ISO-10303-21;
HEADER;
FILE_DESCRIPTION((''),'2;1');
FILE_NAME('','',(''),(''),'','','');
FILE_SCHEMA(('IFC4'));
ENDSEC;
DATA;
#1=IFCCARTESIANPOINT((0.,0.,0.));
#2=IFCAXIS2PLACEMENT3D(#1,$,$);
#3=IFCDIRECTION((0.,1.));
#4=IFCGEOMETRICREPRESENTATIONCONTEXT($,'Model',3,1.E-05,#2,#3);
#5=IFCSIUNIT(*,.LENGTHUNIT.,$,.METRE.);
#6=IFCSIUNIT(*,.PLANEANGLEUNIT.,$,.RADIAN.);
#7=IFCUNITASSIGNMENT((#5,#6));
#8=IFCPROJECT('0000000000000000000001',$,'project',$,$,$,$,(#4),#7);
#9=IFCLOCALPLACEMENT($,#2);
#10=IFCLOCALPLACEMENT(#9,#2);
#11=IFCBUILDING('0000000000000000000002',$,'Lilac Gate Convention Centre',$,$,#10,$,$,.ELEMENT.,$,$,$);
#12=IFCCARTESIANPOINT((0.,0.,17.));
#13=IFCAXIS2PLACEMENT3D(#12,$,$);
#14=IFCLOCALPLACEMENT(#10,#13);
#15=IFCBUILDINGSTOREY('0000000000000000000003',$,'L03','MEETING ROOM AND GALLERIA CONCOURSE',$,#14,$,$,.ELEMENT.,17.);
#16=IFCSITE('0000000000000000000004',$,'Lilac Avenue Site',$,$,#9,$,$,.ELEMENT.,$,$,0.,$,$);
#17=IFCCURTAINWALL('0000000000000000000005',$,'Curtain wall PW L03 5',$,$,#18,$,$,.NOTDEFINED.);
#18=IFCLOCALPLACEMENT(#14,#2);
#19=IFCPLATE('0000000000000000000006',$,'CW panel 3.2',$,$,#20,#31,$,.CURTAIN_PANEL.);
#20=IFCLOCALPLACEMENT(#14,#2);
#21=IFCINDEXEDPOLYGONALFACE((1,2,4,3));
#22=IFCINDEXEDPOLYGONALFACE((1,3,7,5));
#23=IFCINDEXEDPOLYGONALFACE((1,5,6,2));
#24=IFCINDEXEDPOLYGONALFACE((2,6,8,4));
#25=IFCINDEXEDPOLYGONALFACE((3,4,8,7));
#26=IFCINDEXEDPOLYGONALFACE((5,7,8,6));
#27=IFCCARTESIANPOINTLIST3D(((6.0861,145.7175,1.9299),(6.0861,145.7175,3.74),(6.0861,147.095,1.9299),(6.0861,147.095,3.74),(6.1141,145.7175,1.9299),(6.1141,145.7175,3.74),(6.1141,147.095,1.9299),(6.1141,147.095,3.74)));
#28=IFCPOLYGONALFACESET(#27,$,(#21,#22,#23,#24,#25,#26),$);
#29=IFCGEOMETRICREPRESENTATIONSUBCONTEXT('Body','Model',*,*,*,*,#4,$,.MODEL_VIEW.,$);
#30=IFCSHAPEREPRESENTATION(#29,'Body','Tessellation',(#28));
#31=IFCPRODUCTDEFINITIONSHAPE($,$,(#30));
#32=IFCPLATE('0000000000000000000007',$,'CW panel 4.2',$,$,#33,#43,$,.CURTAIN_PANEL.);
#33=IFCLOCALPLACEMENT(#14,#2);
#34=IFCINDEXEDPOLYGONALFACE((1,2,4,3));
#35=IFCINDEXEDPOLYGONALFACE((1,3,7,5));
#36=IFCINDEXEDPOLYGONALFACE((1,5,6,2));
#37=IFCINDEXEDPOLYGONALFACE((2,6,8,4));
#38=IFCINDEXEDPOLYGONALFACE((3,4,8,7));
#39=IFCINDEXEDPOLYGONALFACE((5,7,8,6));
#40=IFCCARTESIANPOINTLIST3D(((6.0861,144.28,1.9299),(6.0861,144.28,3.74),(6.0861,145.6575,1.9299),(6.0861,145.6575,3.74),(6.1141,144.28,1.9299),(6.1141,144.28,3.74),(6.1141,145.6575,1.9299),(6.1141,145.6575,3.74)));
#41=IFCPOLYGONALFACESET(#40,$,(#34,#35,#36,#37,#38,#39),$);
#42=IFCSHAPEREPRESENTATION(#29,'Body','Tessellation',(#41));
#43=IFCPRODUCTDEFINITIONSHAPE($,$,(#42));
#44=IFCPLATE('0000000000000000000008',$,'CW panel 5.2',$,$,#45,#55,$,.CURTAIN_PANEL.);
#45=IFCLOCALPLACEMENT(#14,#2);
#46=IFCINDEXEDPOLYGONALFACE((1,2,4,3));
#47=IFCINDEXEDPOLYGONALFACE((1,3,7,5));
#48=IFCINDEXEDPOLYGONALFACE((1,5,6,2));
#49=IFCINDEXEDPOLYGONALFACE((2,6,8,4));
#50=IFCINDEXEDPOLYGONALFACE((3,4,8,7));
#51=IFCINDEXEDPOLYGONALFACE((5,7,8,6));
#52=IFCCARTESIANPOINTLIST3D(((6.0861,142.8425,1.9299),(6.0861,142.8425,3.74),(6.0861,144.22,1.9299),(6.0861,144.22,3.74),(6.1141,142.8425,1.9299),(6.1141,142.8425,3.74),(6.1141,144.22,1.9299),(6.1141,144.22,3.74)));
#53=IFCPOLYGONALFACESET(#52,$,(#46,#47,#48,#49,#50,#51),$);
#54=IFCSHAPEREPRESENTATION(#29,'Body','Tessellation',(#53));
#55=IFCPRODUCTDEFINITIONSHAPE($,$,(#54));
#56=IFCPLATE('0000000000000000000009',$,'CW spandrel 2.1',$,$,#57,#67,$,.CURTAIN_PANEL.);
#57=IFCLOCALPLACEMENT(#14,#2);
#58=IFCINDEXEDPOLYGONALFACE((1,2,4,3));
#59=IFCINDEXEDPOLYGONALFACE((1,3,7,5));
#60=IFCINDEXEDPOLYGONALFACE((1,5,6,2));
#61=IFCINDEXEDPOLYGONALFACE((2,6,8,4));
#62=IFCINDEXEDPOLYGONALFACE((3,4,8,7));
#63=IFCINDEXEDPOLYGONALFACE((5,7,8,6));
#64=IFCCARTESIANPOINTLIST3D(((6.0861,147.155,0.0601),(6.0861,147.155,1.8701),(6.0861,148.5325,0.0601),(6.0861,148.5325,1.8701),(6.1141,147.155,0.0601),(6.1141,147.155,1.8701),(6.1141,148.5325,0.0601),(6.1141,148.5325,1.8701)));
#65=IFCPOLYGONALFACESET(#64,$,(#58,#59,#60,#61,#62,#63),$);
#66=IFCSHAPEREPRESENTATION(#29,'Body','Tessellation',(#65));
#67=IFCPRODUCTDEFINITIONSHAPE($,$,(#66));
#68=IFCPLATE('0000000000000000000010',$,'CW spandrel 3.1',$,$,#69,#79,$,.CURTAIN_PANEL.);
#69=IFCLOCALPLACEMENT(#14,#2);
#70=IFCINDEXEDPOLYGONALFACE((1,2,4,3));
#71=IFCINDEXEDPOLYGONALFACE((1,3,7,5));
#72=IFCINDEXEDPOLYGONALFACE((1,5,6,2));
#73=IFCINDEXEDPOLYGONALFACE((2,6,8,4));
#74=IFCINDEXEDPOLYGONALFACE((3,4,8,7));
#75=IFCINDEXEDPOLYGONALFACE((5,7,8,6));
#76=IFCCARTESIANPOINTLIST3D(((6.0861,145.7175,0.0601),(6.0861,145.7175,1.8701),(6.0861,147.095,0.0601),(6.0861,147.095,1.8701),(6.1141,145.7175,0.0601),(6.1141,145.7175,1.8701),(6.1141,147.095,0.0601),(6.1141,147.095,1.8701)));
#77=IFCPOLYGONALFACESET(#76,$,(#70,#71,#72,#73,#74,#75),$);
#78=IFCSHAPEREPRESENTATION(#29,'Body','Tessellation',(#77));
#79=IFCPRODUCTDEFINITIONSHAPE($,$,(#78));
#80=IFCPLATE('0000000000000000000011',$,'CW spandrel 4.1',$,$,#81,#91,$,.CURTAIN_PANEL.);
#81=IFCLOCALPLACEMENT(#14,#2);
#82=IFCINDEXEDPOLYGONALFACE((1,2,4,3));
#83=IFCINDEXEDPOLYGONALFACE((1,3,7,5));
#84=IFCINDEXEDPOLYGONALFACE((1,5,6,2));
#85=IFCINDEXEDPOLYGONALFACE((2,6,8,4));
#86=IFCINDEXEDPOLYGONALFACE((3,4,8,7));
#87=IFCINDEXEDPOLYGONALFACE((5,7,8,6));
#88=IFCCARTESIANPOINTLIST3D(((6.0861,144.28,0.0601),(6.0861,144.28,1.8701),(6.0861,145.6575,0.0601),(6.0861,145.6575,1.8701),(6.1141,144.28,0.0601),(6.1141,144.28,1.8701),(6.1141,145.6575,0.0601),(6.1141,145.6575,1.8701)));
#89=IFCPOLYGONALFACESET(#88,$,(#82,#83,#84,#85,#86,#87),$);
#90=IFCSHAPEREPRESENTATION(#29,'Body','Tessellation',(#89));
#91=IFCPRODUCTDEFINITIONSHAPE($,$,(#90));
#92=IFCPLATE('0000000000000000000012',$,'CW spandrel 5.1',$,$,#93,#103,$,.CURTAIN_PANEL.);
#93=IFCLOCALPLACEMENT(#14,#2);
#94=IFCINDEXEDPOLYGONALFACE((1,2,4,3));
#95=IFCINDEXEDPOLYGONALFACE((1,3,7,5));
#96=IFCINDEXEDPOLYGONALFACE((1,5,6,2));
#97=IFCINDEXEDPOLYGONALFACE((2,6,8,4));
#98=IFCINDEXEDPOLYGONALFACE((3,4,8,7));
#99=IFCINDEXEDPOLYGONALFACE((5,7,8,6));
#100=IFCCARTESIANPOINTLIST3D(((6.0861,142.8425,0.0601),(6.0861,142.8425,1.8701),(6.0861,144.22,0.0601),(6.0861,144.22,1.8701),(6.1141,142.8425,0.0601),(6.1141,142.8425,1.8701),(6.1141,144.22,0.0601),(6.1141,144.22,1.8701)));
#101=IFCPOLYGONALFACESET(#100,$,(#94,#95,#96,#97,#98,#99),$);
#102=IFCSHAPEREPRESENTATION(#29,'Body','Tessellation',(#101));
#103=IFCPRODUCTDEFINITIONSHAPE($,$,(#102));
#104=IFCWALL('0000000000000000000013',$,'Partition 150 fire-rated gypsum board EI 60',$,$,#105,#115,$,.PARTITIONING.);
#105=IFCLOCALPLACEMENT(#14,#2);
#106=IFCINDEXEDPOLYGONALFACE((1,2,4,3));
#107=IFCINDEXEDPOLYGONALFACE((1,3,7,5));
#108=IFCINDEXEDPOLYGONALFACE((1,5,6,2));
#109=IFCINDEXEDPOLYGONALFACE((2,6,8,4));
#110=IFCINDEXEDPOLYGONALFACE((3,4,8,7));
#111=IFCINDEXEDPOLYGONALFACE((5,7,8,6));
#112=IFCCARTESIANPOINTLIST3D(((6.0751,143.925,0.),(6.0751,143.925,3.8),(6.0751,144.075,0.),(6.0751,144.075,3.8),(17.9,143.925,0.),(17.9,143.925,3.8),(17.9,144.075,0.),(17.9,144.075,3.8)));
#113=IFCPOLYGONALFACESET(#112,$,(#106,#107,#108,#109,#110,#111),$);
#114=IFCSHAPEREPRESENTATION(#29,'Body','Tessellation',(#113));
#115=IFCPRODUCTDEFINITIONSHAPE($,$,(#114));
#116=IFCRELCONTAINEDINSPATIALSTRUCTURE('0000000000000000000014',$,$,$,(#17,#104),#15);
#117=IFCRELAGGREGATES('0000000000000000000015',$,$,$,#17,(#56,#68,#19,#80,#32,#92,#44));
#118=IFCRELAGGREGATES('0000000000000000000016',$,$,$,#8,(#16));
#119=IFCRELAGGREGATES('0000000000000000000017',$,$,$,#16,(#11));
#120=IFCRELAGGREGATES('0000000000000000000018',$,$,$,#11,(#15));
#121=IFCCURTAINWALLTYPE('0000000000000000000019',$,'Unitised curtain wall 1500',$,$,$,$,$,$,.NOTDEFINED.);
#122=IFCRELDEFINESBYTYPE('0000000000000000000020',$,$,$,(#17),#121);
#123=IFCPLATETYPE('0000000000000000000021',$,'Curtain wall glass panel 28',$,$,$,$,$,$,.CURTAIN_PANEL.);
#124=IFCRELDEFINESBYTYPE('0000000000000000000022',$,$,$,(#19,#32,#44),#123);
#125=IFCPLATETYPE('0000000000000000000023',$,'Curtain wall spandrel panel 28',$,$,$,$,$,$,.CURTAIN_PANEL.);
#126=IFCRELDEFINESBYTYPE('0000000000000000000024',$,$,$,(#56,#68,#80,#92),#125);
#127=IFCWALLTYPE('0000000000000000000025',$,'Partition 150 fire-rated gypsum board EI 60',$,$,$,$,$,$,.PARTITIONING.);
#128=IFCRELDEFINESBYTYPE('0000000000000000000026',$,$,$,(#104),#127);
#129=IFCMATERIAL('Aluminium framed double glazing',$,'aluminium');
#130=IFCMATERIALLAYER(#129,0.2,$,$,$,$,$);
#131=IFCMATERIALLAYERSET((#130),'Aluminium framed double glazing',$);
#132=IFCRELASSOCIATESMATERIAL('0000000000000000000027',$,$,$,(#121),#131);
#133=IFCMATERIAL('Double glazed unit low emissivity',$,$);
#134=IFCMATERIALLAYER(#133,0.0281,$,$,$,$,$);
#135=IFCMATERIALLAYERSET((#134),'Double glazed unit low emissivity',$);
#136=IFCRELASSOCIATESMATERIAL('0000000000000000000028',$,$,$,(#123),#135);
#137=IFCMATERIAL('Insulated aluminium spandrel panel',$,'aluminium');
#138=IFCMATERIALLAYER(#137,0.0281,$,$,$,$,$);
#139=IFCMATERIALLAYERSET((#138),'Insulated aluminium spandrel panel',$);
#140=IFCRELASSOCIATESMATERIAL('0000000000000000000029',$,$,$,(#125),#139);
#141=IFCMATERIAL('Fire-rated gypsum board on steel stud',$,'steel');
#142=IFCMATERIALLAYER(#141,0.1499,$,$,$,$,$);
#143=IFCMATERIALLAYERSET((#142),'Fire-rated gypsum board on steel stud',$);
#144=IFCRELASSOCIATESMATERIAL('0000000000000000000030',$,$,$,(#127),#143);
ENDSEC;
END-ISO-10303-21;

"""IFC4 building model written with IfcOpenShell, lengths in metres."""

from ifc_helpers import new_model, si_unit, direction, frame, frame_2d, origin, origin_2d, place, context, subcontext, project, spatial, rectangle, extrude, material, layer, layer_set, type_object, element, aggregate, save


model = new_model("IFC4")

# Units and contexts
model_context = context("Model", 3, precision=1e-05, world=origin(), true_north=direction((0.0, 1.0)))
body_context = subcontext(model_context, "Body", "Model", "MODEL_VIEW")
ifc_project = project(units=[si_unit("LENGTHUNIT", "METRE"), si_unit("PLANEANGLEUNIT", "RADIAN")], contexts=[model_context])

# Site, building, storey
site_placement = place(None, origin())
site = spatial("IfcSite", under=ifc_project, at=site_placement, Name="Lilac Avenue Site", CompositionType="ELEMENT", RefElevation=0.0)
building_placement = place(site_placement, origin())
building = spatial("IfcBuilding", under=site, at=building_placement, Name="Lilac Gate Convention Centre", CompositionType="ELEMENT")
storey_placement = place(building_placement, frame((0.0, 0.0, 17.0)))
storey = spatial("IfcBuildingStorey", under=building, at=storey_placement, Name="L03", Description="MEETING ROOM AND GALLERIA CONCOURSE", CompositionType="ELEMENT", Elevation=17.0)

# Curtain wall, plates
ifc_material_1 = material(Name="Aluminium framed double glazing", Category="aluminium")
ifc_layer_1 = layer(ifc_material_1, 0.2)
ifc_layer_set_1 = layer_set([ifc_layer_1], Name="Aluminium framed double glazing")
curtain_wall_type = type_object("IfcCurtainWallType", Name="Unitised curtain wall 1500", PredefinedType="NOTDEFINED", material=ifc_layer_set_1)
curtain_wall_placement = place(storey_placement, origin())
curtain_wall = element("IfcCurtainWall", 1, at=curtain_wall_placement, inside=storey, type_object=curtain_wall_type, Name="Curtain wall PW L03 5", PredefinedType="NOTDEFINED")
ifc_material_2 = material(Name="Double glazed unit low emissivity")
ifc_layer_2 = layer(ifc_material_2, 0.0281)
ifc_layer_set_2 = layer_set([ifc_layer_2], Name="Double glazed unit low emissivity")
plate_type_1 = type_object("IfcPlateType", Name="Curtain wall glass panel 28", PredefinedType="CURTAIN_PANEL", material=ifc_layer_set_2)
plate_1_placement = place(storey_placement, frame((6.1001, 146.4062, 1.9299), z_axis=(0.0, 0.0, 1.0), x_axis=(0.0, -1.0, 0.0)))
plate_1 = element("IfcPlate", 2, at=plate_1_placement, type_object=plate_type_1, Name="CW panel 3.2", PredefinedType="CURTAIN_PANEL", context=body_context, shape_type="SweptSolid", body=[
    extrude(rectangle(XDim=1.3774, YDim=0.0281, at=origin_2d()), origin(), (0.0, 0.0, 1.0), 1.8101),
])
plate_2_placement = place(storey_placement, frame((6.1001, 144.9688, 1.9299), z_axis=(0.0, 0.0, 1.0), x_axis=(0.0, -1.0, 0.0)))
plate_2 = element("IfcPlate", 3, at=plate_2_placement, type_object=plate_type_1, Name="CW panel 4.2", PredefinedType="CURTAIN_PANEL", context=body_context, shape_type="SweptSolid", body=[
    extrude(rectangle(XDim=1.3774, YDim=0.0281, at=origin_2d()), origin(), (0.0, 0.0, 1.0), 1.8101),
])
plate_3_placement = place(storey_placement, frame((6.1001, 143.5312, 1.9299), z_axis=(0.0, 0.0, 1.0), x_axis=(0.0, -1.0, 0.0)))
plate_3 = element("IfcPlate", 4, at=plate_3_placement, type_object=plate_type_1, Name="CW panel 5.2", PredefinedType="CURTAIN_PANEL", context=body_context, shape_type="SweptSolid", body=[
    extrude(rectangle(XDim=1.3774, YDim=0.0281, at=origin_2d()), origin(), (0.0, 0.0, 1.0), 1.8101),
])
ifc_material_3 = material(Name="Insulated aluminium spandrel panel", Category="aluminium")
ifc_layer_3 = layer(ifc_material_3, 0.0281)
ifc_layer_set_3 = layer_set([ifc_layer_3], Name="Insulated aluminium spandrel panel")
plate_type_2 = type_object("IfcPlateType", Name="Curtain wall spandrel panel 28", PredefinedType="CURTAIN_PANEL", material=ifc_layer_set_3)
plate_4_placement = place(storey_placement, frame((6.1001, 147.8438, 0.0601), z_axis=(0.0, 0.0, 1.0), x_axis=(0.0, -1.0, 0.0)))
plate_4 = element("IfcPlate", 5, at=plate_4_placement, type_object=plate_type_2, Name="CW spandrel 2.1", PredefinedType="CURTAIN_PANEL", context=body_context, shape_type="SweptSolid", body=[
    extrude(rectangle(XDim=1.3774, YDim=0.0281, at=origin_2d()), origin(), (0.0, 0.0, 1.0), 1.8101),
])
plate_5_placement = place(storey_placement, frame((6.1001, 146.4062, 0.0601), z_axis=(0.0, 0.0, 1.0), x_axis=(0.0, -1.0, 0.0)))
plate_5 = element("IfcPlate", 6, at=plate_5_placement, type_object=plate_type_2, Name="CW spandrel 3.1", PredefinedType="CURTAIN_PANEL", context=body_context, shape_type="SweptSolid", body=[
    extrude(rectangle(XDim=1.3774, YDim=0.0281, at=origin_2d()), origin(), (0.0, 0.0, 1.0), 1.8101),
])
plate_6_placement = place(storey_placement, frame((6.1001, 144.9688, 0.0601), z_axis=(0.0, 0.0, 1.0), x_axis=(0.0, -1.0, 0.0)))
plate_6 = element("IfcPlate", 7, at=plate_6_placement, type_object=plate_type_2, Name="CW spandrel 4.1", PredefinedType="CURTAIN_PANEL", context=body_context, shape_type="SweptSolid", body=[
    extrude(rectangle(XDim=1.3774, YDim=0.0281, at=origin_2d()), origin(), (0.0, 0.0, 1.0), 1.8101),
])
plate_7_placement = place(storey_placement, frame((6.1001, 143.5312, 0.0601), z_axis=(0.0, 0.0, 1.0), x_axis=(0.0, -1.0, 0.0)))
plate_7 = element("IfcPlate", 8, at=plate_7_placement, type_object=plate_type_2, Name="CW spandrel 5.1", PredefinedType="CURTAIN_PANEL", context=body_context, shape_type="SweptSolid", body=[
    extrude(rectangle(XDim=1.3774, YDim=0.0281, at=origin_2d()), origin(), (0.0, 0.0, 1.0), 1.8101),
])
aggregate(curtain_wall, [plate_4, plate_5, plate_1, plate_6, plate_2, plate_7, plate_3])

# Wall
ifc_material_4 = material(Name="Fire-rated gypsum board on steel stud", Category="steel")
ifc_layer_4 = layer(ifc_material_4, 0.1499)
ifc_layer_set_4 = layer_set([ifc_layer_4], Name="Fire-rated gypsum board on steel stud")
wall_type = type_object("IfcWallType", Name="Partition 150 fire-rated gypsum board EI 60", PredefinedType="PARTITIONING", material=ifc_layer_set_4)
wall_placement = place(storey_placement, frame((6.075, 144.0, 0.0), z_axis=(0.0, 0.0, 1.0), x_axis=(1.0, 0.0, 0.0)))
element("IfcWall", 9, at=wall_placement, inside=storey, type_object=wall_type, Name="Partition 150 fire-rated gypsum board EI 60", PredefinedType="PARTITIONING", context=body_context, shape_type="SweptSolid", body=[
    extrude(rectangle(XDim=11.825, YDim=0.1499, at=frame_2d((5.9126, 0.0))), origin(), (0.0, 0.0, 1.0), 3.8),
])

save(model, "model.ifc")
